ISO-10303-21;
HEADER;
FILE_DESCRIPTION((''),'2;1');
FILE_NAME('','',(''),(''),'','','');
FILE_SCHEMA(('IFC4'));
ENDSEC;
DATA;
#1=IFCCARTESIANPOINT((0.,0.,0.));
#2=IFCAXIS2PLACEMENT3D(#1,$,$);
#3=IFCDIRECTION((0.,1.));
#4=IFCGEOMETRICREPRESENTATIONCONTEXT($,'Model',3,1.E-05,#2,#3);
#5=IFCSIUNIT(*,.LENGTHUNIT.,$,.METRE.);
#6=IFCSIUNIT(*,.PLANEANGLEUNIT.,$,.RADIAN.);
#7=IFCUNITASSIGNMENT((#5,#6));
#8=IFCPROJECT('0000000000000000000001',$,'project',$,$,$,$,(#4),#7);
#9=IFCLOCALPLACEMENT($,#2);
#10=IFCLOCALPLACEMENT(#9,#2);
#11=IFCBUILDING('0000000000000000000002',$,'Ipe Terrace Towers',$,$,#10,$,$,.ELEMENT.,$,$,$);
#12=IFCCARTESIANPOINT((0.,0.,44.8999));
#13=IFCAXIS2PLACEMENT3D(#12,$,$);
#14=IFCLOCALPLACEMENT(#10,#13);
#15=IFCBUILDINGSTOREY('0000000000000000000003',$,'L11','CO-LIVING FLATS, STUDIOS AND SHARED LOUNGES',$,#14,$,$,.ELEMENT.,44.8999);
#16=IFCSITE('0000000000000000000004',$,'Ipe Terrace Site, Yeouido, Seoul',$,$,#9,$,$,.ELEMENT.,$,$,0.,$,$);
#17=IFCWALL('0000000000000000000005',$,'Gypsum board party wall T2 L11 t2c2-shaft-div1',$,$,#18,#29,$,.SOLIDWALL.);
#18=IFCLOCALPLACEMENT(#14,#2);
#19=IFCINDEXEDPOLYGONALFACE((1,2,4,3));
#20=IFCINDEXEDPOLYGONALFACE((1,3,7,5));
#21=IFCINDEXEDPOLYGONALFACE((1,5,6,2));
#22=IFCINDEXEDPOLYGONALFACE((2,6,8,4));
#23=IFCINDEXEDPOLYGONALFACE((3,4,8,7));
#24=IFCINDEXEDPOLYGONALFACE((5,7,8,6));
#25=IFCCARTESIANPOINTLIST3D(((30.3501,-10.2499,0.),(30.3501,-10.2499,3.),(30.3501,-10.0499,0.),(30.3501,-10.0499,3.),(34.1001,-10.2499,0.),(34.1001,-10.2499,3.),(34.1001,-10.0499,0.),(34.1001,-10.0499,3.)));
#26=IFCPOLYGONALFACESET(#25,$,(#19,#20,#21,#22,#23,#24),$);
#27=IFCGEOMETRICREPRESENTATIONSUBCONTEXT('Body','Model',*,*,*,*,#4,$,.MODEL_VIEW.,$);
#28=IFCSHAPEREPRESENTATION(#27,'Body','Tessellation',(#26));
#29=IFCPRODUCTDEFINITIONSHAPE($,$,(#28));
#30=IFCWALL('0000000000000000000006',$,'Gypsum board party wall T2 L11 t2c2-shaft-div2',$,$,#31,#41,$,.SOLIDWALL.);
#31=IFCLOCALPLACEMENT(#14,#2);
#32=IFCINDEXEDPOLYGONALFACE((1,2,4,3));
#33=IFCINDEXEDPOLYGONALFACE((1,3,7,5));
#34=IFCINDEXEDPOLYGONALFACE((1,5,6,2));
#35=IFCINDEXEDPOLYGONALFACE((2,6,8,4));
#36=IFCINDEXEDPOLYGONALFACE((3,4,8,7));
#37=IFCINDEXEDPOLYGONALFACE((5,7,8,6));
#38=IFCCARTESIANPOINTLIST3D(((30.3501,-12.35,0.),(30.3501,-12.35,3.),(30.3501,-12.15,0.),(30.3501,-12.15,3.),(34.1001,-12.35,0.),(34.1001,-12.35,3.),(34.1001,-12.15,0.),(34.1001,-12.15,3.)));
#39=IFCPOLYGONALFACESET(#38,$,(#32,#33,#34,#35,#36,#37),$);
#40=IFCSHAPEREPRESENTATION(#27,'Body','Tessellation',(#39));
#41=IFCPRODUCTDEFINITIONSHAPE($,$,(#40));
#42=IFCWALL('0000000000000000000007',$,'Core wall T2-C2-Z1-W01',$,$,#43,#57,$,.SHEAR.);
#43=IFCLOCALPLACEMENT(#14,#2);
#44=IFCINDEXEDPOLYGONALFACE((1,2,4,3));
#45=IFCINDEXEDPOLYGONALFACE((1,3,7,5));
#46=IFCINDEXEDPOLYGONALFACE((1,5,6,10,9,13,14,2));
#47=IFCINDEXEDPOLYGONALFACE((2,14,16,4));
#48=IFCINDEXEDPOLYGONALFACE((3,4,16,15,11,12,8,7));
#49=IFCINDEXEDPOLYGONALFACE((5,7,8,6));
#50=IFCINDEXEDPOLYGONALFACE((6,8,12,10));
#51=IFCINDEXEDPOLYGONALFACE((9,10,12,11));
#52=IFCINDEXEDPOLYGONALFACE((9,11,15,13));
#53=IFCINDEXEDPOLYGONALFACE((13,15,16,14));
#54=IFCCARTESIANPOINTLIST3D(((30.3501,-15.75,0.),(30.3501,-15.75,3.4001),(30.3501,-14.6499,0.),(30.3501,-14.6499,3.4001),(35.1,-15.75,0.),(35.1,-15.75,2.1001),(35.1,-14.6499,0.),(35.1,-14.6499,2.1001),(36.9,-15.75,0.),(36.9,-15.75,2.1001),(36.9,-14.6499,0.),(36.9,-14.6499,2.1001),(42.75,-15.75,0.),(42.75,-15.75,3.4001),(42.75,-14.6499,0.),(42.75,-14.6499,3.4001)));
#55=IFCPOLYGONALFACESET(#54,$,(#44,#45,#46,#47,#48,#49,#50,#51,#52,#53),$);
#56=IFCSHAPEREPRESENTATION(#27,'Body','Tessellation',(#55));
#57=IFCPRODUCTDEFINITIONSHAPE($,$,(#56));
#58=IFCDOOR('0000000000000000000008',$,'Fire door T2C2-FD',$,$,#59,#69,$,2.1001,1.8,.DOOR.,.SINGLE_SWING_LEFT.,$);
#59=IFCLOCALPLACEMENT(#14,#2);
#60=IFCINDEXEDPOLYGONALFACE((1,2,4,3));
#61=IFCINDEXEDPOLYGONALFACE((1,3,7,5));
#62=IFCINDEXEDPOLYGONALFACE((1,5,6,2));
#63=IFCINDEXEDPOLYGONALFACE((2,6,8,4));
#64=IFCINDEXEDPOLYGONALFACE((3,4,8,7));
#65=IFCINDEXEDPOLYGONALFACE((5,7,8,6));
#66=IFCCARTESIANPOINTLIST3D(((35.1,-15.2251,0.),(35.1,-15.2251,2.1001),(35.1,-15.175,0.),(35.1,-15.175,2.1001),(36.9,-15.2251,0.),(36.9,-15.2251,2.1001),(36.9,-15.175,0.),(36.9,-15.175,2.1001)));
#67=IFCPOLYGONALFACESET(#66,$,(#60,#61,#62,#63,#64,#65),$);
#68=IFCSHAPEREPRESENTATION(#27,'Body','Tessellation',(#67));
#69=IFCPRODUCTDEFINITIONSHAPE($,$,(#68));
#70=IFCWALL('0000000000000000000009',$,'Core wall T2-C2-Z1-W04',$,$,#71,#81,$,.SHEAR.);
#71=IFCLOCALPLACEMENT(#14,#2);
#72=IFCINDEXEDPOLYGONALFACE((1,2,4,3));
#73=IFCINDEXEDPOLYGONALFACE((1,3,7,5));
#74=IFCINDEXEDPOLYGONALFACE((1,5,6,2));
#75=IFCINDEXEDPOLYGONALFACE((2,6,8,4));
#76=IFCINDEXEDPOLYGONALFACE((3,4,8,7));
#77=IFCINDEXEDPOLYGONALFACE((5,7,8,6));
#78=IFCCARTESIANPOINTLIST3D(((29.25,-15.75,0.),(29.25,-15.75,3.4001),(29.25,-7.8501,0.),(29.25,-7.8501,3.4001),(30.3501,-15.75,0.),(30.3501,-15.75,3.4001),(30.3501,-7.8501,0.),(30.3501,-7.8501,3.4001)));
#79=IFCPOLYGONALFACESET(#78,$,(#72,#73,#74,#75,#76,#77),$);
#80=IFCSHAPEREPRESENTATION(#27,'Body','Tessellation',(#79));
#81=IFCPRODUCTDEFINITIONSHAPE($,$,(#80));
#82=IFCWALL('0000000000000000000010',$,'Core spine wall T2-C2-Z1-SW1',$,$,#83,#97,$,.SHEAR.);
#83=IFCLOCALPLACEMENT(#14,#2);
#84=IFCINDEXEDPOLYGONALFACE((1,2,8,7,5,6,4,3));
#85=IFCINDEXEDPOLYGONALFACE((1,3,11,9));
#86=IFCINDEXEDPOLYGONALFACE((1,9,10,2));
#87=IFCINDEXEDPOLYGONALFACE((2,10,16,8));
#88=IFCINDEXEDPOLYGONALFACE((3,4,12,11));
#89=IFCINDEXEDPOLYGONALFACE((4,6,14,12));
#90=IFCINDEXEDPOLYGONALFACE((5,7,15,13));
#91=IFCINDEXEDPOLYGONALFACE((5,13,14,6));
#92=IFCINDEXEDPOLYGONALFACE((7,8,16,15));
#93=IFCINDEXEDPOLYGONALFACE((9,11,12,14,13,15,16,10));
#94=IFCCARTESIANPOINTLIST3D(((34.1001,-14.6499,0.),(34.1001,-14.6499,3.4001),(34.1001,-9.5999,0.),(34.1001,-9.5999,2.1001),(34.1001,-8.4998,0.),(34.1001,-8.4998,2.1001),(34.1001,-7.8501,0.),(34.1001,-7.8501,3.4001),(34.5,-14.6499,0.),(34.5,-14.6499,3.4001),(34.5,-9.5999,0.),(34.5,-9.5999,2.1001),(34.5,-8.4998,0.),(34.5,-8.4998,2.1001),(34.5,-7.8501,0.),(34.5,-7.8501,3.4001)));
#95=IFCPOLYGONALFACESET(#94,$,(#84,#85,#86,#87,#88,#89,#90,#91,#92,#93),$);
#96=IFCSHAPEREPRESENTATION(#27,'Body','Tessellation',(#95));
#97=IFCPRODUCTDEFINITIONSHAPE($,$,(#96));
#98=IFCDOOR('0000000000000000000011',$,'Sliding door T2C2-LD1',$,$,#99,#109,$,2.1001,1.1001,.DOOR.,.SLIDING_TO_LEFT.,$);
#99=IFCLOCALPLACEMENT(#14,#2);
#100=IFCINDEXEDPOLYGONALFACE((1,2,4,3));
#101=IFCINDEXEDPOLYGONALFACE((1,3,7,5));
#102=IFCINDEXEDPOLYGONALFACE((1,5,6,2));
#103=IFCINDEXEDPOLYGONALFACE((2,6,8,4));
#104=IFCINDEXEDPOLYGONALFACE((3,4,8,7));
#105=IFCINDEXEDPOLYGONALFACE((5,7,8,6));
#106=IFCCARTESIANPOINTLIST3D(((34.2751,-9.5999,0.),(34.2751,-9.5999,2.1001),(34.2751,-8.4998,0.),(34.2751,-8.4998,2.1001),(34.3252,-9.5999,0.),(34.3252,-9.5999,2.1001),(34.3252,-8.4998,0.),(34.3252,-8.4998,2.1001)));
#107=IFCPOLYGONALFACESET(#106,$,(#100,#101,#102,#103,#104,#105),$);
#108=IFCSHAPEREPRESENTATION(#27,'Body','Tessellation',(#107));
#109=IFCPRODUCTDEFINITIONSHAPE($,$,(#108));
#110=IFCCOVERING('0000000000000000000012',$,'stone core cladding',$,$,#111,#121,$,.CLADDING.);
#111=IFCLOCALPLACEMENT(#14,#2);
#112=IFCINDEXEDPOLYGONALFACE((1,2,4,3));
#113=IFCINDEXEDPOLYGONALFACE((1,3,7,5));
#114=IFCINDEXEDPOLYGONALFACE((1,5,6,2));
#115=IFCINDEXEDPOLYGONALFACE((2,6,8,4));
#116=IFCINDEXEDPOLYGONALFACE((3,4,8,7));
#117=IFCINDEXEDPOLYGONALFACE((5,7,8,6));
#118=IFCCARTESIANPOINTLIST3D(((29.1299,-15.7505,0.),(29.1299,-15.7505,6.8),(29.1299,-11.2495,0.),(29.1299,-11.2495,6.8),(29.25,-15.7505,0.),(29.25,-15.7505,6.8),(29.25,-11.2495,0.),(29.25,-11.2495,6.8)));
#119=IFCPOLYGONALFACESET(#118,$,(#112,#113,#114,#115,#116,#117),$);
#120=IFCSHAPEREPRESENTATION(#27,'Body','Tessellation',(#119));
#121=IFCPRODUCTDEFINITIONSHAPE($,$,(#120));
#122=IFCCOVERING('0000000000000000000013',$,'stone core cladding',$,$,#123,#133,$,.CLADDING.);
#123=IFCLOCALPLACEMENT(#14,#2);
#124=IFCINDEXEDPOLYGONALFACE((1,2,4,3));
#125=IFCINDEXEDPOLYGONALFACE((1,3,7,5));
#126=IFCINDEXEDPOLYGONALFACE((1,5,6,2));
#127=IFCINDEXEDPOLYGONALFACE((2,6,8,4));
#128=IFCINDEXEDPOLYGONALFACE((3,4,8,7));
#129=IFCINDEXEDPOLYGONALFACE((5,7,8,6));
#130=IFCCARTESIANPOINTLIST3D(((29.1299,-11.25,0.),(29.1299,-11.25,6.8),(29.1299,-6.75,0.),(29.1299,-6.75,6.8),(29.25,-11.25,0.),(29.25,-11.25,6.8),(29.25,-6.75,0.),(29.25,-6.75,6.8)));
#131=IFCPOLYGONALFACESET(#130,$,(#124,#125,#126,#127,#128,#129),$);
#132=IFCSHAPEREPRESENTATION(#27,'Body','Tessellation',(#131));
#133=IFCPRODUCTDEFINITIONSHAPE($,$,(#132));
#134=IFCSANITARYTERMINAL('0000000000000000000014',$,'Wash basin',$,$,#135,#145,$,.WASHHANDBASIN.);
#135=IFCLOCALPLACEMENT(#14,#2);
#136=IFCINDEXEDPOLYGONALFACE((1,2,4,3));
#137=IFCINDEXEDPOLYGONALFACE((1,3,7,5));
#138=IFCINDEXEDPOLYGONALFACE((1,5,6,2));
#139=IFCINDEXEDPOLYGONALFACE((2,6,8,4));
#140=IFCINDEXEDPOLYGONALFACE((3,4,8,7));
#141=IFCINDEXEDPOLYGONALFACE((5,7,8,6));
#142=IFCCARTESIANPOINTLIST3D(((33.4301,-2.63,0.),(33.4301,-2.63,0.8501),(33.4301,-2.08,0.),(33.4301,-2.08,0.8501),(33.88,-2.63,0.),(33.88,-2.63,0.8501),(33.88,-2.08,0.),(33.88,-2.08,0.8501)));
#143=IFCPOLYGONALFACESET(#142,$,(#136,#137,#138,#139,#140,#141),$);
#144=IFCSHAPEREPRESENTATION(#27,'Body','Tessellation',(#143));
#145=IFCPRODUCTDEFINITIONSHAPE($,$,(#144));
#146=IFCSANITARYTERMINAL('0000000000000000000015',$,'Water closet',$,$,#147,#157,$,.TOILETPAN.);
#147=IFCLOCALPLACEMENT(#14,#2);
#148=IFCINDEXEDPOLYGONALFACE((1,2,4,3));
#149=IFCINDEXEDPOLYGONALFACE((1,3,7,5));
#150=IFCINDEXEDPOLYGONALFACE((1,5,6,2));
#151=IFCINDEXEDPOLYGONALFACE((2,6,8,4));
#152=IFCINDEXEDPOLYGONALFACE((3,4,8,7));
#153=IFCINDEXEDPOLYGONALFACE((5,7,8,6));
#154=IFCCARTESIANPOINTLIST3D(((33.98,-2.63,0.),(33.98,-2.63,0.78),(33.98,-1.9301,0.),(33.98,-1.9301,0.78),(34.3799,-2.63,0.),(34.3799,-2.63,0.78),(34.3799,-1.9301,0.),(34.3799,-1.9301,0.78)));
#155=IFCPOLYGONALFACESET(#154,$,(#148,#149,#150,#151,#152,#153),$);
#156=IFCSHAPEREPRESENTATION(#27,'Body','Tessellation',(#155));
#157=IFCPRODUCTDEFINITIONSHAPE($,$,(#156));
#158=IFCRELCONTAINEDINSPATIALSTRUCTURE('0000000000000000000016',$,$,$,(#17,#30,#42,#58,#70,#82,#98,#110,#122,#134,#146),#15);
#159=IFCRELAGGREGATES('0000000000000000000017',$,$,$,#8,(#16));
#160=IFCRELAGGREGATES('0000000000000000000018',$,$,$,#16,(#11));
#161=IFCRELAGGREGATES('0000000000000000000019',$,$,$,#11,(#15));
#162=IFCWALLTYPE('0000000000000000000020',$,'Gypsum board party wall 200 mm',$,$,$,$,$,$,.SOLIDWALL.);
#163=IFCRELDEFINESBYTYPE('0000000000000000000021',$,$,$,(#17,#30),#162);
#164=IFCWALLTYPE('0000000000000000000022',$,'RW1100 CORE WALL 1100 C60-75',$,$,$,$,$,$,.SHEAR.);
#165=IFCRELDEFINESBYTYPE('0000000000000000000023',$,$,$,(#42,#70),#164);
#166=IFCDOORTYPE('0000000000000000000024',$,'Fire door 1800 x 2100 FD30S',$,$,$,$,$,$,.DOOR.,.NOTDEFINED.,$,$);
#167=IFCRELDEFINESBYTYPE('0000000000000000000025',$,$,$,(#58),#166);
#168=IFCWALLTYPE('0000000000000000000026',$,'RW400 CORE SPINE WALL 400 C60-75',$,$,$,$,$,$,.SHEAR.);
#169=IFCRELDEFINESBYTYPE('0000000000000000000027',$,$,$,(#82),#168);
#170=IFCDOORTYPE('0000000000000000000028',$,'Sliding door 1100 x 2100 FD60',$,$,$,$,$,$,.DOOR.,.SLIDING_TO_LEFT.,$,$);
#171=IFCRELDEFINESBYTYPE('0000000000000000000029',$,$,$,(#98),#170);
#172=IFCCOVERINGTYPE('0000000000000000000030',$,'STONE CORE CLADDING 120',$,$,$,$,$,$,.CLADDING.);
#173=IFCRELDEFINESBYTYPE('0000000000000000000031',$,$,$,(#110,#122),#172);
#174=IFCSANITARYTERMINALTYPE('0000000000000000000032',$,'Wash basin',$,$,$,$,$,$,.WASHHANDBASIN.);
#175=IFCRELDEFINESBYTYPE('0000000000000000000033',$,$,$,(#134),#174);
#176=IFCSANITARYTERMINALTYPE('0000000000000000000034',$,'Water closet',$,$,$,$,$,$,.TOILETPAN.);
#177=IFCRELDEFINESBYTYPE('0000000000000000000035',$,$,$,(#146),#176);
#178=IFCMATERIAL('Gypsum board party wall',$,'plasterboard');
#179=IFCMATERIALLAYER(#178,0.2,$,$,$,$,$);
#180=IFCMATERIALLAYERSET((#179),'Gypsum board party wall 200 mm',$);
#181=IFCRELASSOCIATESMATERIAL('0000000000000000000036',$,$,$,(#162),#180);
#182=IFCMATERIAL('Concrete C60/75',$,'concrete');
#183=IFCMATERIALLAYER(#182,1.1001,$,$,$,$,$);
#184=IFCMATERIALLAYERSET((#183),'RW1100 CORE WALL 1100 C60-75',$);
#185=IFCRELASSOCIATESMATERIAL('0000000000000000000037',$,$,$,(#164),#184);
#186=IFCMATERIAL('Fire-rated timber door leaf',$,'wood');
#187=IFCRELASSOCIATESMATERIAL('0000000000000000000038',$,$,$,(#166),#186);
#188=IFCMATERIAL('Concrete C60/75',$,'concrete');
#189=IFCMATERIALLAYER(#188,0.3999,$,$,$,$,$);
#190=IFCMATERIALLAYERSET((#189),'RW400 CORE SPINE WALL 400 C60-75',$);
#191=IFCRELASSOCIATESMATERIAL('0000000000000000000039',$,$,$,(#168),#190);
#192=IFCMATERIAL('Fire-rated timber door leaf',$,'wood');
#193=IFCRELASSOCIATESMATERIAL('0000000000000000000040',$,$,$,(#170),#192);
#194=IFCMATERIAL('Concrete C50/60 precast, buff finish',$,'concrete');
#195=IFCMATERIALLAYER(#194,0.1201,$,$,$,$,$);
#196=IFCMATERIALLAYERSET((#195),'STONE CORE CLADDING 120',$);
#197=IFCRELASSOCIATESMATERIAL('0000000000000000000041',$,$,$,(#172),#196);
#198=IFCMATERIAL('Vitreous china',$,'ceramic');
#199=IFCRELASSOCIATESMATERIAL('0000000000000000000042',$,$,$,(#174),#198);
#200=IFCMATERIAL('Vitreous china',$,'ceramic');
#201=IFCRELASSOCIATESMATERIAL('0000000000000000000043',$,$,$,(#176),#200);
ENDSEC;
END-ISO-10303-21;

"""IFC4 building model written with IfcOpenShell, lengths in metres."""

from ifc_helpers import new_model, si_unit, direction, frame, frame_2d, origin, origin_2d, place, context, subcontext, project, spatial, rectangle, extrude, material, layer, layer_set, type_object, element, fill, save


model = new_model("IFC4")

# Units and contexts
model_context = context("Model", 3, precision=1e-05, world=origin(), true_north=direction((0.0, 1.0)))
body_context = subcontext(model_context, "Body", "Model", "MODEL_VIEW")
ifc_project = project(units=[si_unit("LENGTHUNIT", "METRE"), si_unit("PLANEANGLEUNIT", "RADIAN")], contexts=[model_context])

# Site, building, storey
site_placement = place(None, origin())
site = spatial("IfcSite", under=ifc_project, at=site_placement, Name="Ipe Terrace Site, Yeouido, Seoul", CompositionType="ELEMENT", RefElevation=0.0)
building_placement = place(site_placement, origin())
building = spatial("IfcBuilding", under=site, at=building_placement, Name="Ipe Terrace Towers", CompositionType="ELEMENT")
storey_placement = place(building_placement, frame((0.0, 0.0, 44.8999)))
storey = spatial("IfcBuildingStorey", under=building, at=storey_placement, Name="L11", Description="CO-LIVING FLATS, STUDIOS AND SHARED LOUNGES", CompositionType="ELEMENT", Elevation=44.8999)

# Walls
ifc_material_1 = material(Name="Gypsum board party wall", Category="plasterboard")
ifc_layer_1 = layer(ifc_material_1, 0.2)
ifc_layer_set_1 = layer_set([ifc_layer_1], Name="Gypsum board party wall 200 mm")
wall_type_1 = type_object("IfcWallType", Name="Gypsum board party wall 200 mm", PredefinedType="SOLIDWALL", material=ifc_layer_set_1)
for number, where, z_axis, x_axis, name in (
    (1, (30.3501, -10.1499, 0.0), (0.0, 0.0, 1.0), (1.0, 0.0, 0.0), "Gypsum board party wall T2 L11 t2c2-shaft-div1"),
    (2, (30.3501, -12.25, 0.0), (0.0, 0.0, 1.0), (1.0, 0.0, 0.0), "Gypsum board party wall T2 L11 t2c2-shaft-div2"),
):
    element("IfcWall", number, at=place(storey_placement, frame(where, z_axis=z_axis, x_axis=x_axis)), inside=storey, type_object=wall_type_1, Name=name, PredefinedType="SOLIDWALL", context=body_context, shape_type="SweptSolid", body=[
        extrude(rectangle(XDim=3.75, YDim=0.2, at=frame_2d((1.875, 0.0))), origin(), (0.0, 0.0, 1.0), 3.0),
    ])

# Wall, opening, door
ifc_material_2 = material(Name="Concrete C60/75", Category="concrete")
ifc_layer_2 = layer(ifc_material_2, 1.1001)
ifc_layer_set_2 = layer_set([ifc_layer_2], Name="RW1100 CORE WALL 1100 C60-75")
wall_type_2 = type_object("IfcWallType", Name="RW1100 CORE WALL 1100 C60-75", PredefinedType="SHEAR", material=ifc_layer_set_2)
wall_1_placement = place(storey_placement, frame((30.3501, -15.2, 0.0), z_axis=(0.0, 0.0, 1.0), x_axis=(1.0, 0.0, 0.0)))
wall_1 = element("IfcWall", 3, at=wall_1_placement, inside=storey, type_object=wall_type_2, Name="Core wall T2-C2-Z1-W01", PredefinedType="SHEAR", context=body_context, shape_type="SweptSolid", body=[
    extrude(rectangle(XDim=12.3999, YDim=1.1001, at=frame_2d((6.2, 0.0))), origin(), (0.0, 0.0, 1.0), 3.4001),
])
opening_1_placement = place(wall_1_placement, frame((4.75, 0.0, 0.0)))
opening_1 = element("IfcOpeningElement", 4, at=opening_1_placement, cuts=wall_1, PredefinedType="OPENING", context=body_context, shape_type="SweptSolid", body=[
    extrude(rectangle(XDim=1.8, YDim=2.1001, at=frame_2d((0.8999, 1.05))), frame((0.0, 0.5601, 0.0), z_axis=(0.0, -1.0, 0.0), x_axis=(1.0, 0.0, 0.0)), (0.0, 0.0, 1.0), 1.1201),
])
ifc_material_3 = material(Name="Fire-rated timber door leaf", Category="wood")
door_type_1 = type_object("IfcDoorType", Name="Fire door 1800 x 2100 FD30S", OperationType="NOTDEFINED", PredefinedType="DOOR", material=ifc_material_3)
door_1_placement = place(opening_1_placement, origin())
door_1 = element("IfcDoor", 5, at=door_1_placement, inside=storey, type_object=door_type_1, Name="Fire door T2C2-FD", OperationType="SINGLE_SWING_LEFT", OverallHeight=2.1001, OverallWidth=1.8, PredefinedType="DOOR", context=body_context, shape_type="SweptSolid", body=[
    extrude(rectangle(XDim=1.8, YDim=2.1001, at=frame_2d((0.8999, 1.05))), frame((0.0, 0.0249, 0.0), z_axis=(0.0, -1.0, 0.0), x_axis=(1.0, 0.0, 0.0)), (0.0, 0.0, 1.0), 0.05),
])
fill(opening_1, door_1)

# Wall
wall_2_placement = place(storey_placement, frame((29.8, -7.8501, 0.0), z_axis=(0.0, 0.0, 1.0), x_axis=(0.0, -1.0, 0.0)))
element("IfcWall", 6, at=wall_2_placement, inside=storey, type_object=wall_type_2, Name="Core wall T2-C2-Z1-W04", PredefinedType="SHEAR", context=body_context, shape_type="SweptSolid", body=[
    extrude(rectangle(XDim=7.8999, YDim=1.1001, at=frame_2d((3.95, 0.0))), origin(), (0.0, 0.0, 1.0), 3.4001),
])

# Wall, opening, door
ifc_material_4 = material(Name="Concrete C60/75", Category="concrete")
ifc_layer_3 = layer(ifc_material_4, 0.3999)
ifc_layer_set_3 = layer_set([ifc_layer_3], Name="RW400 CORE SPINE WALL 400 C60-75")
wall_type_3 = type_object("IfcWallType", Name="RW400 CORE SPINE WALL 400 C60-75", PredefinedType="SHEAR", material=ifc_layer_set_3)
wall_3_placement = place(storey_placement, frame((34.3, -14.6499, 0.0), z_axis=(0.0, 0.0, 1.0), x_axis=(0.0, 1.0, 0.0)))
wall_3 = element("IfcWall", 7, at=wall_3_placement, inside=storey, type_object=wall_type_3, Name="Core spine wall T2-C2-Z1-SW1", PredefinedType="SHEAR", context=body_context, shape_type="SweptSolid", body=[
    extrude(rectangle(XDim=6.7998, YDim=0.3999, at=frame_2d((3.3999, 0.0))), origin(), (0.0, 0.0, 1.0), 3.4001),
])
opening_2_placement = place(wall_3_placement, frame((5.05, 0.0, 0.0)))
opening_2 = element("IfcOpeningElement", 8, at=opening_2_placement, cuts=wall_3, PredefinedType="OPENING", context=body_context, shape_type="SweptSolid", body=[
    extrude(rectangle(XDim=1.1001, YDim=2.1001, at=frame_2d((0.55, 1.05))), frame((0.0, 0.21, 0.0), z_axis=(0.0, -1.0, 0.0), x_axis=(1.0, 0.0, 0.0)), (0.0, 0.0, 1.0), 0.4199),
])
ifc_material_5 = material(Name="Fire-rated timber door leaf", Category="wood")
door_type_2 = type_object("IfcDoorType", Name="Sliding door 1100 x 2100 FD60", OperationType="SLIDING_TO_LEFT", PredefinedType="DOOR", material=ifc_material_5)
door_2_placement = place(opening_2_placement, origin())
door_2 = element("IfcDoor", 9, at=door_2_placement, inside=storey, type_object=door_type_2, Name="Sliding door T2C2-LD1", OperationType="SLIDING_TO_LEFT", OverallHeight=2.1001, OverallWidth=1.1001, PredefinedType="DOOR", context=body_context, shape_type="SweptSolid", body=[
    extrude(rectangle(XDim=1.1001, YDim=2.1001, at=frame_2d((0.55, 1.05))), frame((0.0, 0.0249, 0.0), z_axis=(0.0, -1.0, 0.0), x_axis=(1.0, 0.0, 0.0)), (0.0, 0.0, 1.0), 0.05),
])
fill(opening_2, door_2)

# Coverings
ifc_material_6 = material(Name="Concrete C50/60 precast, buff finish", Category="concrete")
ifc_layer_4 = layer(ifc_material_6, 0.1201)
ifc_layer_set_4 = layer_set([ifc_layer_4], Name="STONE CORE CLADDING 120")
covering_type = type_object("IfcCoveringType", Name="STONE CORE CLADDING 120", PredefinedType="CLADDING", material=ifc_layer_set_4)
covering_1_placement = place(storey_placement, frame((29.1899, -13.5, 0.0), z_axis=(0.0, 0.0, 1.0), x_axis=(0.0, -1.0, 0.0)))
element("IfcCovering", 10, at=covering_1_placement, inside=storey, type_object=covering_type, Name="stone core cladding", PredefinedType="CLADDING", context=body_context, shape_type="SweptSolid", body=[
    extrude(rectangle(XDim=4.501, YDim=0.1201, at=origin_2d()), origin(), (0.0, 0.0, 1.0), 6.8),
])
covering_2_placement = place(storey_placement, frame((29.1899, -9.0, 0.0), z_axis=(0.0, 0.0, 1.0), x_axis=(0.0, -1.0, 0.0)))
element("IfcCovering", 11, at=covering_2_placement, inside=storey, type_object=covering_type, Name="stone core cladding", PredefinedType="CLADDING", context=body_context, shape_type="SweptSolid", body=[
    extrude(rectangle(XDim=4.5, YDim=0.1201, at=origin_2d()), origin(), (0.0, 0.0, 1.0), 6.8),
])

# Sanitary terminals
ifc_material_7 = material(Name="Vitreous china", Category="ceramic")
sanitary_terminal_type_1 = type_object("IfcSanitaryTerminalType", Name="Wash basin", PredefinedType="WASHHANDBASIN", material=ifc_material_7)
sanitary_terminal_1_placement = place(storey_placement, frame((33.655, -2.355, 0.0), z_axis=(0.0, 0.0, 1.0), x_axis=(0.0, 1.0, 0.0)))
element("IfcSanitaryTerminal", 12, at=sanitary_terminal_1_placement, inside=storey, type_object=sanitary_terminal_type_1, Name="Wash basin", PredefinedType="WASHHANDBASIN", context=body_context, shape_type="SweptSolid", body=[
    extrude(rectangle(XDim=0.55, YDim=0.45, at=origin_2d()), origin(), (0.0, 0.0, 1.0), 0.8501),
])
ifc_material_8 = material(Name="Vitreous china", Category="ceramic")
sanitary_terminal_type_2 = type_object("IfcSanitaryTerminalType", Name="Water closet", PredefinedType="TOILETPAN", material=ifc_material_8)
sanitary_terminal_2_placement = place(storey_placement, frame((34.1799, -2.28, 0.0), z_axis=(0.0, 0.0, 1.0), x_axis=(0.0, 1.0, 0.0)))
element("IfcSanitaryTerminal", 13, at=sanitary_terminal_2_placement, inside=storey, type_object=sanitary_terminal_type_2, Name="Water closet", PredefinedType="TOILETPAN", context=body_context, shape_type="SweptSolid", body=[
    extrude(rectangle(XDim=0.7, YDim=0.3999, at=origin_2d()), origin(), (0.0, 0.0, 1.0), 0.78),
])

save(model, "model.ifc")
